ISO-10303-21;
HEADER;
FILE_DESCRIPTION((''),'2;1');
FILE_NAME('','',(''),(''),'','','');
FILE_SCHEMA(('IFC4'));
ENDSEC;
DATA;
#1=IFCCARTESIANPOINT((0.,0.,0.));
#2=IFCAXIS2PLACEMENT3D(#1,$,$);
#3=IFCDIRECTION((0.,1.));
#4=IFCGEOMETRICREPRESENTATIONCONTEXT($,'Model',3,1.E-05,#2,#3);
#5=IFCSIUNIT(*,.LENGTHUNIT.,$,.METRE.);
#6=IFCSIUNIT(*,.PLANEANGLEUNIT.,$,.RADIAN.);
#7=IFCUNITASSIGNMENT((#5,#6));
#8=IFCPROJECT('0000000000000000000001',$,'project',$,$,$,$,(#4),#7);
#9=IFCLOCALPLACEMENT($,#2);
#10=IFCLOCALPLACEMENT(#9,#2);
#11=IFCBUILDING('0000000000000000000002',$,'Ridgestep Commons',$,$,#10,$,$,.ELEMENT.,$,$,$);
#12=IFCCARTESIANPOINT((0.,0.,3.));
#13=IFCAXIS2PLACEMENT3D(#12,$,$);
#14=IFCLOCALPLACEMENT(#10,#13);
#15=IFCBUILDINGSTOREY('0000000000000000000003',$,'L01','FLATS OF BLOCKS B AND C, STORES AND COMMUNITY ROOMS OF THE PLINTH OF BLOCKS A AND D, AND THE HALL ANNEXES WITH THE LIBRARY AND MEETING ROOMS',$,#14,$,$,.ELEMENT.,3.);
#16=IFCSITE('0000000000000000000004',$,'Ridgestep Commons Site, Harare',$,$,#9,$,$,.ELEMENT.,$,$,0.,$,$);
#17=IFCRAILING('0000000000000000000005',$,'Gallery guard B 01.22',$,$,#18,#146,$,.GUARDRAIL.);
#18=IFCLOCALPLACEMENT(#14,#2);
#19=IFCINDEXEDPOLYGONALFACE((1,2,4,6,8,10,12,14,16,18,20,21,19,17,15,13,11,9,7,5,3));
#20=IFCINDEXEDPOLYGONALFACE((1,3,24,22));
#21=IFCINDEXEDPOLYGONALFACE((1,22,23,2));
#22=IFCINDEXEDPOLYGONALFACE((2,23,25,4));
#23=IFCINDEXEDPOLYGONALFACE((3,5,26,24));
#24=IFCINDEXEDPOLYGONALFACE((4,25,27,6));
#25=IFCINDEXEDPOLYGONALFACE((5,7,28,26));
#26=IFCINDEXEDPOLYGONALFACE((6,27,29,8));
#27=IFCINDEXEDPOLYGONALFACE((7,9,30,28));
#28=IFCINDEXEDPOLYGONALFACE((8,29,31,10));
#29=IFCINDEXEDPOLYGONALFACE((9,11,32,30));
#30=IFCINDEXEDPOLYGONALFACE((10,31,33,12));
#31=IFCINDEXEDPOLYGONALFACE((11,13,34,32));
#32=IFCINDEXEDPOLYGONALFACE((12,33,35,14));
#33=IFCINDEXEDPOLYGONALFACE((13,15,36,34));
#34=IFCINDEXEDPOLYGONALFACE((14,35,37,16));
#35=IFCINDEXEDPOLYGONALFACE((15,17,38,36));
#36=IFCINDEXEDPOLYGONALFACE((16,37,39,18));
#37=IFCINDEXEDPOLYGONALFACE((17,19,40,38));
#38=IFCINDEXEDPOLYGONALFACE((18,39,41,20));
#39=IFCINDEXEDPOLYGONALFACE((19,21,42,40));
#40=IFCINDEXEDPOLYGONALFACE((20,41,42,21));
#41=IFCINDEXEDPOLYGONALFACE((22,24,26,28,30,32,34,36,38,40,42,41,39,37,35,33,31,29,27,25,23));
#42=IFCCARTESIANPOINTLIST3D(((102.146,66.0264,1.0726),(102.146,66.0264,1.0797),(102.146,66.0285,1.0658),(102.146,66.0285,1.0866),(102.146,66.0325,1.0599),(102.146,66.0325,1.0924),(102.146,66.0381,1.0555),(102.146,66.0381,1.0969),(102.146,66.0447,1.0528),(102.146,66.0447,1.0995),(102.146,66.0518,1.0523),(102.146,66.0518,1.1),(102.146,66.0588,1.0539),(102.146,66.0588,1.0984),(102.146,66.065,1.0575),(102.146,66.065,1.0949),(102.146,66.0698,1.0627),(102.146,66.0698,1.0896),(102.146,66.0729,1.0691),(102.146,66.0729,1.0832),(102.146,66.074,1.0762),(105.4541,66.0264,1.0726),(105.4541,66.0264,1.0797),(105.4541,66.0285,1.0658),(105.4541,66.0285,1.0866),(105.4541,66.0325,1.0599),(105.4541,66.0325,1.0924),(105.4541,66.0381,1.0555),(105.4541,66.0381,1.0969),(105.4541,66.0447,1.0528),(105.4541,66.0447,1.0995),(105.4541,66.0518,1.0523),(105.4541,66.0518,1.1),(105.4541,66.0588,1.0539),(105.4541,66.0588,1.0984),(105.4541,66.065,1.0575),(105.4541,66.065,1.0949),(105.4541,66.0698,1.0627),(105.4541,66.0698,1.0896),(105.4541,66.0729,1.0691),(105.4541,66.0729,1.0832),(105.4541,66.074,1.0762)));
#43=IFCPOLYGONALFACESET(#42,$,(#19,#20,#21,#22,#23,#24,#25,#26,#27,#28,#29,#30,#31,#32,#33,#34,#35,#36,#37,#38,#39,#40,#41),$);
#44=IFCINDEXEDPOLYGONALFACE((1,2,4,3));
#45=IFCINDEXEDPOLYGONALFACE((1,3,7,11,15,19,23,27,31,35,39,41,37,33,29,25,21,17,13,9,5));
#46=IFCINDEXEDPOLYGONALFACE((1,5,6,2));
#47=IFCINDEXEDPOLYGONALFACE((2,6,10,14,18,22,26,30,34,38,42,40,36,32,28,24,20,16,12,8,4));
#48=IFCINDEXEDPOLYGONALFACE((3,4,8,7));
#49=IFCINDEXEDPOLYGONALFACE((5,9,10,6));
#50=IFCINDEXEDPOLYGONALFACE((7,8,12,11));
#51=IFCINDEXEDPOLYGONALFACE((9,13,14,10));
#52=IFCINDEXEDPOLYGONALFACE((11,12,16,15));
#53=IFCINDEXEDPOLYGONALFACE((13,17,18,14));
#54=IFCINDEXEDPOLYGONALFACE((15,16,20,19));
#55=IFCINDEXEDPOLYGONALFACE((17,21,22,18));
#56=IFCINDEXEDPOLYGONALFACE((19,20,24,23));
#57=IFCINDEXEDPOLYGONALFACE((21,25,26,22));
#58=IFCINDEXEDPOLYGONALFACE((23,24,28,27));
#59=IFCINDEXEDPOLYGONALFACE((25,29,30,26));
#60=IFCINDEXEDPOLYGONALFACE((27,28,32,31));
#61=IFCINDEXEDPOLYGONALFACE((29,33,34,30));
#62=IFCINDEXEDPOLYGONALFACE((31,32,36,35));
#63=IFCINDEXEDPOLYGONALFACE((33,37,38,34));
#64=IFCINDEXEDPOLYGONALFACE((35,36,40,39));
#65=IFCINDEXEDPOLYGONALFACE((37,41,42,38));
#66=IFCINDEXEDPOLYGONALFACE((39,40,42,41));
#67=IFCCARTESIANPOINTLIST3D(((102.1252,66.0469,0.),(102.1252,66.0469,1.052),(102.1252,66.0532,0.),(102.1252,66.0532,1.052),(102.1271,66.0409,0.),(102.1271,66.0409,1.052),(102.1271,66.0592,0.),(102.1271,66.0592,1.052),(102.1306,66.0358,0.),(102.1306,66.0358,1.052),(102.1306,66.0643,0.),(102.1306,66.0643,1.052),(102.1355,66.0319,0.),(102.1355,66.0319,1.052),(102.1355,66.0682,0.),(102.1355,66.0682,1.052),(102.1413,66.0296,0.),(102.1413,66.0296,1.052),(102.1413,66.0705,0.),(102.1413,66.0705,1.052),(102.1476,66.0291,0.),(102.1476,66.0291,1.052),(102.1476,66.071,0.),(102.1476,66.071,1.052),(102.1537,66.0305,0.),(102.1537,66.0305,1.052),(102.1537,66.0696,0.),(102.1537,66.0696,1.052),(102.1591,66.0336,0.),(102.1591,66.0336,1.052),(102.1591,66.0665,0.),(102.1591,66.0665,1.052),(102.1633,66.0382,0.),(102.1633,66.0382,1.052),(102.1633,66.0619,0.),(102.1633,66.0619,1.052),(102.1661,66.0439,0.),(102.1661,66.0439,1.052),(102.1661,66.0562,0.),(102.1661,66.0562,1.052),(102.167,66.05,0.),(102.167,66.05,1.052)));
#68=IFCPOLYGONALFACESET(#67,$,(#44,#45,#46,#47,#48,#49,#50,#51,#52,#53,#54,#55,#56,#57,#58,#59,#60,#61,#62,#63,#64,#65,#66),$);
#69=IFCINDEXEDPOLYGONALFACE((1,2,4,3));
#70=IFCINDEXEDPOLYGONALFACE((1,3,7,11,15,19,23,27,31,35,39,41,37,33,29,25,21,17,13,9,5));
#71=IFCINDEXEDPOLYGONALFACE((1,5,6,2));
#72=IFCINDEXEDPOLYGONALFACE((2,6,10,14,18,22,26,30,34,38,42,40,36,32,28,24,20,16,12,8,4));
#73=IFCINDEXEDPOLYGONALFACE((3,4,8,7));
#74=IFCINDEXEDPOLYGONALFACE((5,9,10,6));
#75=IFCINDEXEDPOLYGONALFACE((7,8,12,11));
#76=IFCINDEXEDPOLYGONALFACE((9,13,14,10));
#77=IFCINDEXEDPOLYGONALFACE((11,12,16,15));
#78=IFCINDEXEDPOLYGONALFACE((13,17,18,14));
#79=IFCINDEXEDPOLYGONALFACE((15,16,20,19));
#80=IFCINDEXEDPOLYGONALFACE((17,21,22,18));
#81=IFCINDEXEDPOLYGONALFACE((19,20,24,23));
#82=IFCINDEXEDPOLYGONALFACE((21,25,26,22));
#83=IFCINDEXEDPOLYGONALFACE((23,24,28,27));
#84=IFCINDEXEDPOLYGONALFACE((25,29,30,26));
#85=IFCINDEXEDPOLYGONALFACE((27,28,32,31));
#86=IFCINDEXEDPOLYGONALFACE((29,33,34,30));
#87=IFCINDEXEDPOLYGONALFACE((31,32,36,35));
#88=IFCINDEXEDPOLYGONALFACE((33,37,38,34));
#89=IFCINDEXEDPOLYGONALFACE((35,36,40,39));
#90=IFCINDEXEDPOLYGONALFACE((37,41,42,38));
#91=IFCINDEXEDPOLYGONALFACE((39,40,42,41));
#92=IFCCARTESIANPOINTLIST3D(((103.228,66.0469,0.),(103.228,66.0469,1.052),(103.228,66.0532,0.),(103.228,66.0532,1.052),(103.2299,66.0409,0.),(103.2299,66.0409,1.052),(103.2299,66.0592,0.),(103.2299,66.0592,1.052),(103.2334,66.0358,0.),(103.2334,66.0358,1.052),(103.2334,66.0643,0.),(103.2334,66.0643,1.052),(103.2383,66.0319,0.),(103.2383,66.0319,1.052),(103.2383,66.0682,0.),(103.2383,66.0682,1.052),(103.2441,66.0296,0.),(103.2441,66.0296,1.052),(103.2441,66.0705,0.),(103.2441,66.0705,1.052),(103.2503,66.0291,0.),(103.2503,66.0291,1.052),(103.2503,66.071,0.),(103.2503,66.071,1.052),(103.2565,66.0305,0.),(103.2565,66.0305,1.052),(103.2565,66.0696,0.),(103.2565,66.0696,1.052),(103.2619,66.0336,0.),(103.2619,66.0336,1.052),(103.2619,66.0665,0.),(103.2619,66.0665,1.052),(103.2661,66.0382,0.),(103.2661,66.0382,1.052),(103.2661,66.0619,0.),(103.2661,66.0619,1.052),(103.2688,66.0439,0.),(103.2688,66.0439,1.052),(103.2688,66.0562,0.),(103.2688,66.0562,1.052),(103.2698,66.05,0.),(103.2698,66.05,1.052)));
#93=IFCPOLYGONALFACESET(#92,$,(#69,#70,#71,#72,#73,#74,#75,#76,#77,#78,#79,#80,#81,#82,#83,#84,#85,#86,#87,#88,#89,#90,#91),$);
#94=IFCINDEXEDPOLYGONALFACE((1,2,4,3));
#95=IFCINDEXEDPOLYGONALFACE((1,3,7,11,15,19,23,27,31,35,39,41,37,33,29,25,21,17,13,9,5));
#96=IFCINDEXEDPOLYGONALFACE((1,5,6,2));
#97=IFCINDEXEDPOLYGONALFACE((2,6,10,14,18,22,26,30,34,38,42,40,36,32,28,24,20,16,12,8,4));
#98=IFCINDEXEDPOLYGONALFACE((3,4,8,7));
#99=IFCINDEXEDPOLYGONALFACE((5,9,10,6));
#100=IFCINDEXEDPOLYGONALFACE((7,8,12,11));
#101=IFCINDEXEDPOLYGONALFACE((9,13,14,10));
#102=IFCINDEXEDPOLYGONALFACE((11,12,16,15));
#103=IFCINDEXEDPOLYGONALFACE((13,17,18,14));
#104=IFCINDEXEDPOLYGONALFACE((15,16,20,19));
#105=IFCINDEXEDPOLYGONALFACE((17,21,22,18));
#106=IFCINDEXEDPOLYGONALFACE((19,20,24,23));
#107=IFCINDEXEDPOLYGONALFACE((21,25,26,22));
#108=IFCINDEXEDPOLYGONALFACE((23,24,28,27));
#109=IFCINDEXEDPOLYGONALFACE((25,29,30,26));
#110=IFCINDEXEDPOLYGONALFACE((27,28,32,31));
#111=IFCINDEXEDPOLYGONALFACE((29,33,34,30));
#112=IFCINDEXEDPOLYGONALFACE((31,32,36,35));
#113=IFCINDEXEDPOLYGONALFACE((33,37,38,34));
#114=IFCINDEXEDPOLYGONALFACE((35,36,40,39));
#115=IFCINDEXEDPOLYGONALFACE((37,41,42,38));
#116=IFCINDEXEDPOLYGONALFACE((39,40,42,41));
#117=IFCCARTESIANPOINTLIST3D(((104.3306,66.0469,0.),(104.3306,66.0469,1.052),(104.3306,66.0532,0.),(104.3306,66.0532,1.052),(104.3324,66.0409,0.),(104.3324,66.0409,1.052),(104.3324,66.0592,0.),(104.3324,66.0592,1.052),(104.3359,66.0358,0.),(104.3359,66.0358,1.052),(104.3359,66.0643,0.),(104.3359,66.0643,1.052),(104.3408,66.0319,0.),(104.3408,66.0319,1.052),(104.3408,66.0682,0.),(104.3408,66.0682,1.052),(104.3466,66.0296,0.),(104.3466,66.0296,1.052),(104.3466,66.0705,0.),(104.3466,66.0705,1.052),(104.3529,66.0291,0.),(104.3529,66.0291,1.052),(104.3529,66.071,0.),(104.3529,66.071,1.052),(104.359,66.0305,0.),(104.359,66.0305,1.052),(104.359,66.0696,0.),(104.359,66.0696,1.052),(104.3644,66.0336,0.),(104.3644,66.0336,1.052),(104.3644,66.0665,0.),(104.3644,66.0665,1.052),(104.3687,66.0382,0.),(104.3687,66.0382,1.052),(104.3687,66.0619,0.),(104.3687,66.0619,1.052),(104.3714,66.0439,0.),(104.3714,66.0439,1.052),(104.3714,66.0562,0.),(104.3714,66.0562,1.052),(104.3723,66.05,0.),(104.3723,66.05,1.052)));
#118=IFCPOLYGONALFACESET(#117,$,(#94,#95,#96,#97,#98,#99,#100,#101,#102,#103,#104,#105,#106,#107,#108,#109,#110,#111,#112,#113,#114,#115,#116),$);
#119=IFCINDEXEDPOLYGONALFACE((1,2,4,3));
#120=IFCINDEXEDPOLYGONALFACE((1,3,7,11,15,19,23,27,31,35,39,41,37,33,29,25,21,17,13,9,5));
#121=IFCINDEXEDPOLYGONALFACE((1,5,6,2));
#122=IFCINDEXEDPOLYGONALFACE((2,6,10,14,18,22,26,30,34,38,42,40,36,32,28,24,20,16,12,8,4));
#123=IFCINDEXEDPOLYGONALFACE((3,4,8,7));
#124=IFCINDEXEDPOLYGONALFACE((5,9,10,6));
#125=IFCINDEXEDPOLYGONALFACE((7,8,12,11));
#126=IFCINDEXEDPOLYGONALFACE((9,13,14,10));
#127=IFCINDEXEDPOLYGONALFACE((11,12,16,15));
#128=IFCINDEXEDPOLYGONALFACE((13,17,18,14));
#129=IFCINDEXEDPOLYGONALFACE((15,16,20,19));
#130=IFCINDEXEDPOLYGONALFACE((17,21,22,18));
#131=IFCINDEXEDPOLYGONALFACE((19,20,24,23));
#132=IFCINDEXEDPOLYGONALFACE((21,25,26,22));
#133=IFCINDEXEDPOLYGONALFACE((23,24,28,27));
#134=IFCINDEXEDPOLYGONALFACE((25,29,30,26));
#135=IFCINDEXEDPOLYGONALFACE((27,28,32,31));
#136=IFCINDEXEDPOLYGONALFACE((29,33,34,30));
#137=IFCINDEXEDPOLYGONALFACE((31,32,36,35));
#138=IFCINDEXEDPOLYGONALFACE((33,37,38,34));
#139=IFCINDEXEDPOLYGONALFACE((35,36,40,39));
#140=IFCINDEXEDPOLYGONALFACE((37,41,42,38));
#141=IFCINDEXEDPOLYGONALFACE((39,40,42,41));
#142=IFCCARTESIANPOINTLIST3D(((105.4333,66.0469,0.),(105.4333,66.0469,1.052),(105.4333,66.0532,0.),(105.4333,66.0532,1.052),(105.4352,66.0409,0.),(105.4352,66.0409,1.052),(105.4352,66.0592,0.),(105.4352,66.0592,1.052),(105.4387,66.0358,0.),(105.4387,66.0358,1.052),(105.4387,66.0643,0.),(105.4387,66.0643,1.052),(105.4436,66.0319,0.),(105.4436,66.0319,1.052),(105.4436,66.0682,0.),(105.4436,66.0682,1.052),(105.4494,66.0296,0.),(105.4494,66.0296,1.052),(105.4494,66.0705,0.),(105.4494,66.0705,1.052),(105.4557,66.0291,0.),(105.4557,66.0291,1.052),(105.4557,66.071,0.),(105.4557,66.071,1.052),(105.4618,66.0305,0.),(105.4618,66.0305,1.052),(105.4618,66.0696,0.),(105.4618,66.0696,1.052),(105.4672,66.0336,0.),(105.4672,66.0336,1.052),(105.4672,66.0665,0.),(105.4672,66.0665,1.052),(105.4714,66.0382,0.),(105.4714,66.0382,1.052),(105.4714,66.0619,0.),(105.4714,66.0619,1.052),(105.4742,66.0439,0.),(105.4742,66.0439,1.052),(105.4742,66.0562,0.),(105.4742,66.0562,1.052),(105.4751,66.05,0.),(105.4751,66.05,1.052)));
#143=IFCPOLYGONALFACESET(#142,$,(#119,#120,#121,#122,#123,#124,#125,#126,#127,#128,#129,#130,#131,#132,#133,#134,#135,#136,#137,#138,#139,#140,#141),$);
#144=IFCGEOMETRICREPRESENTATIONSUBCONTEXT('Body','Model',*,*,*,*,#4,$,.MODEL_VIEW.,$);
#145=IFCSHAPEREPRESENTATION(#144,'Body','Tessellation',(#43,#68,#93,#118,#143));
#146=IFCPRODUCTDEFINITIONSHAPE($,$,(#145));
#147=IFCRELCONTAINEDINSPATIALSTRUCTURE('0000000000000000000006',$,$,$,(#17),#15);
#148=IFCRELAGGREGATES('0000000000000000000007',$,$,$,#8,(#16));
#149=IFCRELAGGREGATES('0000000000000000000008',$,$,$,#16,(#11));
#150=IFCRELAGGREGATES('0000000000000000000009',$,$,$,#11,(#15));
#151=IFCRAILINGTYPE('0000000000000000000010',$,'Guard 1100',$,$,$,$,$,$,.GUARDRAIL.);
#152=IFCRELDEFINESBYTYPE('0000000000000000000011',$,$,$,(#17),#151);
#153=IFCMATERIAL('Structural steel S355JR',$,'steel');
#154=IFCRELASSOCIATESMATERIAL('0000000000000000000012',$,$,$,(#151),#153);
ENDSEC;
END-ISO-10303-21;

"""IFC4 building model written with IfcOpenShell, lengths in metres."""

from ifc_helpers import new_model, si_unit, direction, frame, origin, origin_2d, place, context, subcontext, project, spatial, circle, extrude, material, type_object, element, save


model = new_model("IFC4")

# Units and contexts
model_context = context("Model", 3, precision=1e-05, world=origin(), true_north=direction((0.0, 1.0)))
body_context = subcontext(model_context, "Body", "Model", "MODEL_VIEW")
ifc_project = project(units=[si_unit("LENGTHUNIT", "METRE"), si_unit("PLANEANGLEUNIT", "RADIAN")], contexts=[model_context])

# Site, building, storey
site_placement = place(None, origin())
site = spatial("IfcSite", under=ifc_project, at=site_placement, Name="Ridgestep Commons Site, Harare", CompositionType="ELEMENT", RefElevation=0.0)
building_placement = place(site_placement, origin())
building = spatial("IfcBuilding", under=site, at=building_placement, Name="Ridgestep Commons", CompositionType="ELEMENT")
storey_placement = place(building_placement, frame((0.0, 0.0, 3.0)))
storey = spatial("IfcBuildingStorey", under=building, at=storey_placement, Name="L01", Description="FLATS OF BLOCKS B AND C, STORES AND COMMUNITY ROOMS OF THE PLINTH OF BLOCKS A AND D, AND THE HALL ANNEXES WITH THE LIBRARY AND MEETING ROOMS", CompositionType="ELEMENT", Elevation=3.0)

# Railing
ifc_material_1 = material(Name="Structural steel S355JR", Category="steel")
railing_type_1 = type_object("IfcRailingType", Name="Guard 1100", PredefinedType="GUARDRAIL", material=ifc_material_1)
railing_1_placement = place(storey_placement, frame((102.146, 66.05, 0.0)))
element("IfcRailing", 1, at=railing_1_placement, inside=storey, type_object=railing_type_1, Name="Gallery guard B 01.22", PredefinedType="GUARDRAIL", context=body_context, shape_type="SweptSolid", body=[
    extrude(circle(Radius=0.0239, at=origin_2d()), frame((0.0, 0.0, 1.0762), z_axis=(1.0, 0.0, 0.0), x_axis=(0.0, 1.0, 0.0)), (0.0, 0.0, 1.0), 3.3081),
    extrude(circle(Radius=0.021, at=origin_2d()), origin(), (0.0, 0.0, 1.0), 1.052),
    extrude(circle(Radius=0.021, at=origin_2d()), frame((1.1028, 0.0, 0.0)), (0.0, 0.0, 1.0), 1.052),
    extrude(circle(Radius=0.021, at=origin_2d()), frame((2.2053, 0.0, 0.0)), (0.0, 0.0, 1.0), 1.052),
    extrude(circle(Radius=0.021, at=origin_2d()), frame((3.3081, 0.0, 0.0)), (0.0, 0.0, 1.0), 1.052),
])

save(model, "model.ifc")
